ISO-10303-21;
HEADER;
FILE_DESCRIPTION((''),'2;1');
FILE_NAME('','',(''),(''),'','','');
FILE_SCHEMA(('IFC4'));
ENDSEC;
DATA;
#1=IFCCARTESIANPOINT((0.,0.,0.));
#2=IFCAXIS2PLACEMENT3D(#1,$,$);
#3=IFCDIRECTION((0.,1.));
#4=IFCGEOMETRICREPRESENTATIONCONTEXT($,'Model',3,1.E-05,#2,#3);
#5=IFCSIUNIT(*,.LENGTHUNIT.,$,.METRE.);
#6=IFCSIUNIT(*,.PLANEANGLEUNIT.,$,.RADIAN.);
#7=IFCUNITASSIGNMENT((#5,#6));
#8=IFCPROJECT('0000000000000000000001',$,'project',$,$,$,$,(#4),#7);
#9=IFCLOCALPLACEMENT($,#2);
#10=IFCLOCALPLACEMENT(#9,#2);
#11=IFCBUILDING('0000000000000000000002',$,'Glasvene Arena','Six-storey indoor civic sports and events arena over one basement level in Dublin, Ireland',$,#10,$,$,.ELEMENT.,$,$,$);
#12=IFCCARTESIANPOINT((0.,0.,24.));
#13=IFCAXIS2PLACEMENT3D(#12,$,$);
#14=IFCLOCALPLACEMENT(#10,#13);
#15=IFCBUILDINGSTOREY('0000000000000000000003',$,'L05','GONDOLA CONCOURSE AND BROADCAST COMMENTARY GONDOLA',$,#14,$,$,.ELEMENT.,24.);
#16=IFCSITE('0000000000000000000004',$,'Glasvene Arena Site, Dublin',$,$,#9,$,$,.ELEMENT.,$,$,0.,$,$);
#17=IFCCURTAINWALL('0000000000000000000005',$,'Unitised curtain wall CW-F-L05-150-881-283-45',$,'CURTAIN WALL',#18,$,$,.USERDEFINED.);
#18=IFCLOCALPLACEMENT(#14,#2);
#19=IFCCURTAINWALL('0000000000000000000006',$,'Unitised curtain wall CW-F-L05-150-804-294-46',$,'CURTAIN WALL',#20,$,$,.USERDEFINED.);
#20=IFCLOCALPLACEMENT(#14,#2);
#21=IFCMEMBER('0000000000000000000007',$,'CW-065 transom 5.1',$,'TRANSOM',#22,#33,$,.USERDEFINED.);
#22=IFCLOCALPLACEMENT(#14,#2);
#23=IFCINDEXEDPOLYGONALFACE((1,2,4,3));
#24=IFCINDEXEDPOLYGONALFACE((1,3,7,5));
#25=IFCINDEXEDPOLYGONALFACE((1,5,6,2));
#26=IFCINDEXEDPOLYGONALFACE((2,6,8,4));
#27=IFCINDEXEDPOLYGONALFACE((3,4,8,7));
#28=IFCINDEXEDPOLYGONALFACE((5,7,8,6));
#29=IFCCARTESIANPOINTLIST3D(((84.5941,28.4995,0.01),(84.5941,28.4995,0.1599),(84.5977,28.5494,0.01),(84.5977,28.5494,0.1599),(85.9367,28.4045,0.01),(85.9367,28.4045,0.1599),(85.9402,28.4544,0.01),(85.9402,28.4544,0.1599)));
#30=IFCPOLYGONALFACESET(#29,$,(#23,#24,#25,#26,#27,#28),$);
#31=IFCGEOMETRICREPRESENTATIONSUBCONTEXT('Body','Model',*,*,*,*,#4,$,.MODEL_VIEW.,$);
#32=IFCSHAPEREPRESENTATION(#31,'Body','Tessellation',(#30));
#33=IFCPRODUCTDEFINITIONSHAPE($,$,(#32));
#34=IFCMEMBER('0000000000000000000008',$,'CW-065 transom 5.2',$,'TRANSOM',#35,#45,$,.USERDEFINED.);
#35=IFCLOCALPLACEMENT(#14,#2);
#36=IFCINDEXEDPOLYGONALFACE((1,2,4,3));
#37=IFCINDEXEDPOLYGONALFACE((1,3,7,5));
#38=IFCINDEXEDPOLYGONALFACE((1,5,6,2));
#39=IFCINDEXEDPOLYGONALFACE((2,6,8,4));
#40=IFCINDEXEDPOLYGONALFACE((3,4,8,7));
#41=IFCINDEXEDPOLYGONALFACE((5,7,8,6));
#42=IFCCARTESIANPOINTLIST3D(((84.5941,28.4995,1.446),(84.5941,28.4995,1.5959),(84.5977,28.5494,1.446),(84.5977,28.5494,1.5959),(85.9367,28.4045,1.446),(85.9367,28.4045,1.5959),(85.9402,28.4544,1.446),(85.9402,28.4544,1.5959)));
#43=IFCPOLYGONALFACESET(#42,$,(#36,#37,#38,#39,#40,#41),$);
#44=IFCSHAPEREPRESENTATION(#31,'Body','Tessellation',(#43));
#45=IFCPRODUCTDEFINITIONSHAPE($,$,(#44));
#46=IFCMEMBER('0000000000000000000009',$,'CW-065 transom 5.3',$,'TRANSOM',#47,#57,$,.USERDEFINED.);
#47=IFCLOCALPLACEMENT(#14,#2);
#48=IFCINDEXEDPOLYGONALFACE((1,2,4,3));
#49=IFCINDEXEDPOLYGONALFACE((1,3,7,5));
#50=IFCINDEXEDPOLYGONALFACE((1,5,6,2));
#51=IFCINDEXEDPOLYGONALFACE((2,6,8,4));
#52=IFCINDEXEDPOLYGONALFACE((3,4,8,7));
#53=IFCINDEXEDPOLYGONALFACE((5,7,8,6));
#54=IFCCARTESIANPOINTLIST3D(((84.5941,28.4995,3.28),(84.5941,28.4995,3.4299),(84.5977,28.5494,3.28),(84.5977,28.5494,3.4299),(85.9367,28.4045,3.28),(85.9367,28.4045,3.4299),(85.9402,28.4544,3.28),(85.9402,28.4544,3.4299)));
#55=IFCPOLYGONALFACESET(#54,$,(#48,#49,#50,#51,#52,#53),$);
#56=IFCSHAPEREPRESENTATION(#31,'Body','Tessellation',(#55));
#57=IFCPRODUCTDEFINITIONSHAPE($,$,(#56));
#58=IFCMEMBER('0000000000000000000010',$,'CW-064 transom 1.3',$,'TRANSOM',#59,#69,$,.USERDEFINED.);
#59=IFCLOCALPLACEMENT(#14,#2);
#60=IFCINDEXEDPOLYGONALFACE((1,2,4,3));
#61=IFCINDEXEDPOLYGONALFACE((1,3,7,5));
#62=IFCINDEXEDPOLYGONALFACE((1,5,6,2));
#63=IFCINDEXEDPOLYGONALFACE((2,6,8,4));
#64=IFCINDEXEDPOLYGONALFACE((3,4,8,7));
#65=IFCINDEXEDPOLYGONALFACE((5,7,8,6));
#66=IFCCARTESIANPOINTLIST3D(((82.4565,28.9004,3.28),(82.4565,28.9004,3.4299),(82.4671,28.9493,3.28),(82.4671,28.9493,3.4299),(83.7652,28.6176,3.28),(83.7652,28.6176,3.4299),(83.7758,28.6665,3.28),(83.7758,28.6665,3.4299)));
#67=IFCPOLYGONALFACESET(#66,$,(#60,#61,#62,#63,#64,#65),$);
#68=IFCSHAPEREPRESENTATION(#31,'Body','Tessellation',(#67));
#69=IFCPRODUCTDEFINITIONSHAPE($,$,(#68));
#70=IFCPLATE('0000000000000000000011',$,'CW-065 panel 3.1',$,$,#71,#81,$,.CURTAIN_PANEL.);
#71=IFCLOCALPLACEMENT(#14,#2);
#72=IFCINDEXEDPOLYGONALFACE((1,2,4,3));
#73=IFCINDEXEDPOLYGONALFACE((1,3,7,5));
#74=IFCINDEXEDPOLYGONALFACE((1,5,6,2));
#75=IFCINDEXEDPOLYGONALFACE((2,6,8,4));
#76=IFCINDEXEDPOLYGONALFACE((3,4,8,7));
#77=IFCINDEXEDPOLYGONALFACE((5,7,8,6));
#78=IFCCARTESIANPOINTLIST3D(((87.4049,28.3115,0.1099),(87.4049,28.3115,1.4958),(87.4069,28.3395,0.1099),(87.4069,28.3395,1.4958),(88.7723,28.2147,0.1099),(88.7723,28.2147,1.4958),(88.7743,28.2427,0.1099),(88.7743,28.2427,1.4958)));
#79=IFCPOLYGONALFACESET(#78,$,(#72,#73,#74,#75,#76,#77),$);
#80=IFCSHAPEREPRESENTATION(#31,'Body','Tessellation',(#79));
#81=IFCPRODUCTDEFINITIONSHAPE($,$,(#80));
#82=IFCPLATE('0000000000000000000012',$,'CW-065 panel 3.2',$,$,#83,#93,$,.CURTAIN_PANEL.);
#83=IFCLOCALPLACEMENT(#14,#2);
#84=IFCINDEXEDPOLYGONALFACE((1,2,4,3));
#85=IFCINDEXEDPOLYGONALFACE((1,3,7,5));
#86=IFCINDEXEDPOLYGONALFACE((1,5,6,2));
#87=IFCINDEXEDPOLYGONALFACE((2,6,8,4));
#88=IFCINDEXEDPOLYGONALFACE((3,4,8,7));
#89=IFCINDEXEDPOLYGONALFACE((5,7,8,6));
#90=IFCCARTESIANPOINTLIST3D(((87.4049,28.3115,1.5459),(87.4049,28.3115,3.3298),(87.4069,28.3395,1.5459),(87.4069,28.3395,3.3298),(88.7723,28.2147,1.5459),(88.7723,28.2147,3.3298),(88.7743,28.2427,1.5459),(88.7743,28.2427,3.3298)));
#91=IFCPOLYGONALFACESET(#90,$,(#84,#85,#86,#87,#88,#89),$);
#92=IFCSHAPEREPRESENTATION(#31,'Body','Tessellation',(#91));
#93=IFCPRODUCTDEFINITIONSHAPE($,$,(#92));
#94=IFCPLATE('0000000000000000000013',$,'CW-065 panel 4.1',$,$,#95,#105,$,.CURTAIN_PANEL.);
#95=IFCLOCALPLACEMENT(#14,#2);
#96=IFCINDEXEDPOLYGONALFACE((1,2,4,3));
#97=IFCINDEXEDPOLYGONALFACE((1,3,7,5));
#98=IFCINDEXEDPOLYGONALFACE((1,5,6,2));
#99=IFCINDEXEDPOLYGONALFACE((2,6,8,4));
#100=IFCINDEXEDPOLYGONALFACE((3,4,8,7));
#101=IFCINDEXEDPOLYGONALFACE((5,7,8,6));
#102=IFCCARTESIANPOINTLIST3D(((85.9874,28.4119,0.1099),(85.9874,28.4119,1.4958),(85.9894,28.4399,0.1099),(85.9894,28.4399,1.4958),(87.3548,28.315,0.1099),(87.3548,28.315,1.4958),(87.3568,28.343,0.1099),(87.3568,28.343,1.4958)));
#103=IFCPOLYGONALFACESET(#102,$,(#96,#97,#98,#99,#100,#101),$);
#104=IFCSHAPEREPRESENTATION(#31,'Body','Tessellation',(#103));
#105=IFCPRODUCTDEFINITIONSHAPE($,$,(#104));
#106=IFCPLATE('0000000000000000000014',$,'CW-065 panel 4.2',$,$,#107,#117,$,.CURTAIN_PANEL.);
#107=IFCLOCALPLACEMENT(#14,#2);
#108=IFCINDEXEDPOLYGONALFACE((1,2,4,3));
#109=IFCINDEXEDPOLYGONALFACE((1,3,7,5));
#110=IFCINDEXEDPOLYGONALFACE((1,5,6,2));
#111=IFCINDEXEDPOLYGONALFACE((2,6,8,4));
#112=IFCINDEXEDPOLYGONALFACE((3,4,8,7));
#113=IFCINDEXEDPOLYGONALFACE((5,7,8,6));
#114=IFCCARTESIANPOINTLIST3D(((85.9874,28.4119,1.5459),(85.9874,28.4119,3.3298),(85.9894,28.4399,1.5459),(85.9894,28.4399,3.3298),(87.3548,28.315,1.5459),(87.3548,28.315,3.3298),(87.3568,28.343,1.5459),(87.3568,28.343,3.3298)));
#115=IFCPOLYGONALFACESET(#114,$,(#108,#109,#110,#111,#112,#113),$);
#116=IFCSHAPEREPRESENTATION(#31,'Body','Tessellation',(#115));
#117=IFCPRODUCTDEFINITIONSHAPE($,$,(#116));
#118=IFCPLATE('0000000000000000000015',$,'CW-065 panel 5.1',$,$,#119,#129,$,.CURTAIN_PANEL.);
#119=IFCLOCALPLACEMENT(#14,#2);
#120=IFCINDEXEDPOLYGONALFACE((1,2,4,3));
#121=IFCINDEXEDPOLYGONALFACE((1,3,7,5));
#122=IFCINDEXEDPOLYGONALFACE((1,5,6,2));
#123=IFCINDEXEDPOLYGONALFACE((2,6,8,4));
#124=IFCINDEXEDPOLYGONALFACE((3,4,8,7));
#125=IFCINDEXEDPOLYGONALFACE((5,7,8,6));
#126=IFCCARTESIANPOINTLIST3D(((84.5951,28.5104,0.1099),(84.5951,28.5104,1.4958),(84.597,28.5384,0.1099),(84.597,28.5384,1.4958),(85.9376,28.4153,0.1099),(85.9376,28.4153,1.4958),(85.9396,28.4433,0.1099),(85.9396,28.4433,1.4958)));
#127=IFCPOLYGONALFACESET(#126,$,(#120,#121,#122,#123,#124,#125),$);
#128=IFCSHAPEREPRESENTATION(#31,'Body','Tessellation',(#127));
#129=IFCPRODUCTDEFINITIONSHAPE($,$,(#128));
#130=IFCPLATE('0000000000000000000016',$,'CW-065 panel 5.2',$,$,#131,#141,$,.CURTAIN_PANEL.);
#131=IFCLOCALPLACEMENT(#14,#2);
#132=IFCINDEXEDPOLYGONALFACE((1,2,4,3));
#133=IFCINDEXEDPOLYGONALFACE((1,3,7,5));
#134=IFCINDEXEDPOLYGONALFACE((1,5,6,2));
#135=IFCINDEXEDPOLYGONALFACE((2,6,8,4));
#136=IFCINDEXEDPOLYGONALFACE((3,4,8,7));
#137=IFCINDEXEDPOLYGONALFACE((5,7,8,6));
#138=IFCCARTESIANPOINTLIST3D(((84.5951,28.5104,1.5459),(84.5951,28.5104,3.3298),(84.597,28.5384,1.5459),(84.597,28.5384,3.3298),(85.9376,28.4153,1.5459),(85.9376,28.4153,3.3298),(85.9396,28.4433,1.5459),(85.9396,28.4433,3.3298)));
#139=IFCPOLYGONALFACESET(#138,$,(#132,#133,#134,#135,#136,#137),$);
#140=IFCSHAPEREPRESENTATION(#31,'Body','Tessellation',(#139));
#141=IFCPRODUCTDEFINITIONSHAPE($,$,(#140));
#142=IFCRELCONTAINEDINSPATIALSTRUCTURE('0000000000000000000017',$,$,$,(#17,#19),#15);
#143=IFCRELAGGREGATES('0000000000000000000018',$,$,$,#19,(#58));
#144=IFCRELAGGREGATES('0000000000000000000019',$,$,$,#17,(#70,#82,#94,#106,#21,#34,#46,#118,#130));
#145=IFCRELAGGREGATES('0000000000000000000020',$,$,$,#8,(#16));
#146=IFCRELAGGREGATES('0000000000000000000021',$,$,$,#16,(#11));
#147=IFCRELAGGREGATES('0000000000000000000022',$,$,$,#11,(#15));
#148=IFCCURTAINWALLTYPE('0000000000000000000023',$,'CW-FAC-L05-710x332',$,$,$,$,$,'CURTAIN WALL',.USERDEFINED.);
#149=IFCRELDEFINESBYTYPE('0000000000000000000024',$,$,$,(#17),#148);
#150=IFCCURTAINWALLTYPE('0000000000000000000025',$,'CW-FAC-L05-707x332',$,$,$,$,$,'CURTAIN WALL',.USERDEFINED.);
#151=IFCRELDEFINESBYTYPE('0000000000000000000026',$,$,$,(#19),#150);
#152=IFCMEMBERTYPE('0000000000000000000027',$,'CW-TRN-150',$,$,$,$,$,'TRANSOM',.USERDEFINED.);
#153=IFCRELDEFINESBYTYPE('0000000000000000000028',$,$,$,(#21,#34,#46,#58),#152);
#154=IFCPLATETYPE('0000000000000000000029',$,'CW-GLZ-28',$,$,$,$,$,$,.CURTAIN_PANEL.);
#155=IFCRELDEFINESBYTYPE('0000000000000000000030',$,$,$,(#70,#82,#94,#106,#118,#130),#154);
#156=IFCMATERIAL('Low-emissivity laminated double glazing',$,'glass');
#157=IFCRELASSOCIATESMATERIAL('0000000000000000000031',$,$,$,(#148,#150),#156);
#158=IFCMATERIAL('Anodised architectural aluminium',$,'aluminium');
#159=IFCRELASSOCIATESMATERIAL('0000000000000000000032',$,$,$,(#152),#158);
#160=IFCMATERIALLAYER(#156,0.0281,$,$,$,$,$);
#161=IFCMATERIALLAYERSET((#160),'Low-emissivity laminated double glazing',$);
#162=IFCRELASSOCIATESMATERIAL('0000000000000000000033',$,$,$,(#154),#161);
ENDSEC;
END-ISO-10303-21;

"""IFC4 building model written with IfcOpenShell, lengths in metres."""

from ifc_helpers import new_model, si_unit, direction, frame, origin, origin_2d, place, context, subcontext, project, spatial, rectangle, extrude, material, layer, layer_set, material_profile, profile_set, type_object, element, aggregate, save


model = new_model("IFC4")

# Units and contexts
model_context = context("Model", 3, precision=1e-05, world=origin(), true_north=direction((0.0, 1.0)))
body_context = subcontext(model_context, "Body", "Model", "MODEL_VIEW")
ifc_project = project(units=[si_unit("LENGTHUNIT", "METRE"), si_unit("PLANEANGLEUNIT", "RADIAN")], contexts=[model_context])

# Site, building, storey
site_placement = place(None, origin())
site = spatial("IfcSite", under=ifc_project, at=site_placement, Name="Glasvene Arena Site, Dublin", CompositionType="ELEMENT", RefElevation=0.0)
building_placement = place(site_placement, origin())
building = spatial("IfcBuilding", under=site, at=building_placement, Name="Glasvene Arena", Description="Six-storey indoor civic sports and events arena over one basement level in Dublin, Ireland", CompositionType="ELEMENT")
storey_placement = place(building_placement, frame((0.0, 0.0, 24.0)))
storey = spatial("IfcBuildingStorey", under=building, at=storey_placement, Name="L05", Description="GONDOLA CONCOURSE AND BROADCAST COMMENTARY GONDOLA", CompositionType="ELEMENT", Elevation=24.0)

# Curtain wall
ifc_material_1 = material(Name="Low-emissivity laminated double glazing", Category="glass")
curtain_wall_type_1 = type_object("IfcCurtainWallType", Name="CW-FAC-L05-710x332", ElementType="CURTAIN WALL", PredefinedType="USERDEFINED", material=ifc_material_1)
curtain_wall_1_placement = place(storey_placement, frame((91.6331, 28.0259, 0.0)))
curtain_wall_1 = element("IfcCurtainWall", 1, at=curtain_wall_1_placement, inside=storey, type_object=curtain_wall_type_1, Name="Unitised curtain wall CW-F-L05-150-881-283-45", ObjectType="CURTAIN WALL", PredefinedType="USERDEFINED")
ifc_material_2 = material(Name="Anodised architectural aluminium", Category="aluminium")

# Curtain wall
curtain_wall_type_2 = type_object("IfcCurtainWallType", Name="CW-FAC-L05-707x332", ElementType="CURTAIN WALL", PredefinedType="USERDEFINED", material=ifc_material_1)
curtain_wall_2_placement = place(storey_placement, frame((83.8193, 28.6316, 0.0)))
curtain_wall_2 = element("IfcCurtainWall", 2, at=curtain_wall_2_placement, inside=storey, type_object=curtain_wall_type_2, Name="Unitised curtain wall CW-F-L05-150-804-294-46", ObjectType="CURTAIN WALL", PredefinedType="USERDEFINED")

# Members
ifc_material_profile_1 = material_profile(ifc_material_2, rectangle(XDim=0.05, YDim=0.1499, at=origin_2d()), Name="ALU TRANSOM 50x150")
ifc_profile_set_1 = profile_set([ifc_material_profile_1], Name="Anodised architectural aluminium")
member_type_1 = type_object("IfcMemberType", Name="CW-TRN-150", ElementType="TRANSOM", PredefinedType="USERDEFINED", material=ifc_profile_set_1)
member_1_placement = place(storey_placement, frame((85.9385, 28.4294, 0.085), z_axis=(-0.997507, 0.070564, 0.0), x_axis=(-0.070564, -0.997507, 0.0)))
member_1 = element("IfcMember", 3, at=member_1_placement, type_object=member_type_1, Name="CW-065 transom 5.1", ObjectType="TRANSOM", PredefinedType="USERDEFINED", context=body_context, shape_type="SweptSolid", body=[
    extrude(rectangle(XDim=0.05, YDim=0.1499, at=origin_2d()), origin(), (0.0, 0.0, 1.0), 1.3459),
])
member_2_placement = place(storey_placement, frame((85.9385, 28.4294, 1.521), z_axis=(-0.997507, 0.070564, 0.0), x_axis=(-0.070564, -0.997507, 0.0)))
member_2 = element("IfcMember", 4, at=member_2_placement, type_object=member_type_1, Name="CW-065 transom 5.2", ObjectType="TRANSOM", PredefinedType="USERDEFINED", context=body_context, shape_type="SweptSolid", body=[
    extrude(rectangle(XDim=0.05, YDim=0.1499, at=origin_2d()), origin(), (0.0, 0.0, 1.0), 1.3459),
])
member_3_placement = place(storey_placement, frame((85.9385, 28.4294, 3.355), z_axis=(-0.997507, 0.070564, 0.0), x_axis=(-0.070564, -0.997507, 0.0)))
member_3 = element("IfcMember", 5, at=member_3_placement, type_object=member_type_1, Name="CW-065 transom 5.3", ObjectType="TRANSOM", PredefinedType="USERDEFINED", context=body_context, shape_type="SweptSolid", body=[
    extrude(rectangle(XDim=0.05, YDim=0.1499, at=origin_2d()), origin(), (0.0, 0.0, 1.0), 1.3459),
])
member_4_placement = place(storey_placement, frame((83.7705, 28.6421, 3.355), z_axis=(-0.977449, 0.211173, 0.0), x_axis=(-0.211173, -0.977449, 0.0)))
member_4 = element("IfcMember", 6, at=member_4_placement, type_object=member_type_1, Name="CW-064 transom 1.3", ObjectType="TRANSOM", PredefinedType="USERDEFINED", context=body_context, shape_type="SweptSolid", body=[
    extrude(rectangle(XDim=0.05, YDim=0.1499, at=origin_2d()), origin(), (0.0, 0.0, 1.0), 1.3389),
])
aggregate(curtain_wall_2, [member_4])

# Plates
ifc_layer = layer(ifc_material_1, 0.0281)
ifc_layer_set = layer_set([ifc_layer], Name="Low-emissivity laminated double glazing")
plate_type = type_object("IfcPlateType", Name="CW-GLZ-28", PredefinedType="CURTAIN_PANEL", material=ifc_layer_set)
plate_1_placement = place(storey_placement, frame((88.0896, 28.2771, 0.1099), z_axis=(0.0, 0.0, 1.0), x_axis=(-0.997501, 0.070657, 0.0)))
plate_1 = element("IfcPlate", 7, at=plate_1_placement, type_object=plate_type, Name="CW-065 panel 3.1", PredefinedType="CURTAIN_PANEL", context=body_context, shape_type="SweptSolid", body=[
    extrude(rectangle(XDim=1.3708, YDim=0.0281, at=origin_2d()), origin(), (0.0, 0.0, 1.0), 1.386),
])
plate_2_placement = place(storey_placement, frame((88.0896, 28.2771, 1.5459), z_axis=(0.0, 0.0, 1.0), x_axis=(-0.997501, 0.070657, 0.0)))
plate_2 = element("IfcPlate", 8, at=plate_2_placement, type_object=plate_type, Name="CW-065 panel 3.2", PredefinedType="CURTAIN_PANEL", context=body_context, shape_type="SweptSolid", body=[
    extrude(rectangle(XDim=1.3708, YDim=0.0281, at=origin_2d()), origin(), (0.0, 0.0, 1.0), 1.7839),
])
plate_3_placement = place(storey_placement, frame((86.6721, 28.3774, 0.1099), z_axis=(0.0, 0.0, 1.0), x_axis=(-0.997501, 0.070657, 0.0)))
plate_3 = element("IfcPlate", 9, at=plate_3_placement, type_object=plate_type, Name="CW-065 panel 4.1", PredefinedType="CURTAIN_PANEL", context=body_context, shape_type="SweptSolid", body=[
    extrude(rectangle(XDim=1.3708, YDim=0.0281, at=origin_2d()), origin(), (0.0, 0.0, 1.0), 1.386),
])
plate_4_placement = place(storey_placement, frame((86.6721, 28.3774, 1.5459), z_axis=(0.0, 0.0, 1.0), x_axis=(-0.997501, 0.070657, 0.0)))
plate_4 = element("IfcPlate", 10, at=plate_4_placement, type_object=plate_type, Name="CW-065 panel 4.2", PredefinedType="CURTAIN_PANEL", context=body_context, shape_type="SweptSolid", body=[
    extrude(rectangle(XDim=1.3708, YDim=0.0281, at=origin_2d()), origin(), (0.0, 0.0, 1.0), 1.7839),
])
plate_5_placement = place(storey_placement, frame((85.2673, 28.4768, 0.1099), z_axis=(0.0, 0.0, 1.0), x_axis=(-0.997501, 0.070657, 0.0)))
plate_5 = element("IfcPlate", 11, at=plate_5_placement, type_object=plate_type, Name="CW-065 panel 5.1", PredefinedType="CURTAIN_PANEL", context=body_context, shape_type="SweptSolid", body=[
    extrude(rectangle(XDim=1.3459, YDim=0.0281, at=origin_2d()), origin(), (0.0, 0.0, 1.0), 1.386),
])
plate_6_placement = place(storey_placement, frame((85.2673, 28.4768, 1.5459), z_axis=(0.0, 0.0, 1.0), x_axis=(-0.997501, 0.070657, 0.0)))
plate_6 = element("IfcPlate", 12, at=plate_6_placement, type_object=plate_type, Name="CW-065 panel 5.2", PredefinedType="CURTAIN_PANEL", context=body_context, shape_type="SweptSolid", body=[
    extrude(rectangle(XDim=1.3459, YDim=0.0281, at=origin_2d()), origin(), (0.0, 0.0, 1.0), 1.7839),
])
aggregate(curtain_wall_1, [plate_1, plate_2, plate_3, plate_4, member_1, member_2, member_3, plate_5, plate_6])

save(model, "model.ifc")
